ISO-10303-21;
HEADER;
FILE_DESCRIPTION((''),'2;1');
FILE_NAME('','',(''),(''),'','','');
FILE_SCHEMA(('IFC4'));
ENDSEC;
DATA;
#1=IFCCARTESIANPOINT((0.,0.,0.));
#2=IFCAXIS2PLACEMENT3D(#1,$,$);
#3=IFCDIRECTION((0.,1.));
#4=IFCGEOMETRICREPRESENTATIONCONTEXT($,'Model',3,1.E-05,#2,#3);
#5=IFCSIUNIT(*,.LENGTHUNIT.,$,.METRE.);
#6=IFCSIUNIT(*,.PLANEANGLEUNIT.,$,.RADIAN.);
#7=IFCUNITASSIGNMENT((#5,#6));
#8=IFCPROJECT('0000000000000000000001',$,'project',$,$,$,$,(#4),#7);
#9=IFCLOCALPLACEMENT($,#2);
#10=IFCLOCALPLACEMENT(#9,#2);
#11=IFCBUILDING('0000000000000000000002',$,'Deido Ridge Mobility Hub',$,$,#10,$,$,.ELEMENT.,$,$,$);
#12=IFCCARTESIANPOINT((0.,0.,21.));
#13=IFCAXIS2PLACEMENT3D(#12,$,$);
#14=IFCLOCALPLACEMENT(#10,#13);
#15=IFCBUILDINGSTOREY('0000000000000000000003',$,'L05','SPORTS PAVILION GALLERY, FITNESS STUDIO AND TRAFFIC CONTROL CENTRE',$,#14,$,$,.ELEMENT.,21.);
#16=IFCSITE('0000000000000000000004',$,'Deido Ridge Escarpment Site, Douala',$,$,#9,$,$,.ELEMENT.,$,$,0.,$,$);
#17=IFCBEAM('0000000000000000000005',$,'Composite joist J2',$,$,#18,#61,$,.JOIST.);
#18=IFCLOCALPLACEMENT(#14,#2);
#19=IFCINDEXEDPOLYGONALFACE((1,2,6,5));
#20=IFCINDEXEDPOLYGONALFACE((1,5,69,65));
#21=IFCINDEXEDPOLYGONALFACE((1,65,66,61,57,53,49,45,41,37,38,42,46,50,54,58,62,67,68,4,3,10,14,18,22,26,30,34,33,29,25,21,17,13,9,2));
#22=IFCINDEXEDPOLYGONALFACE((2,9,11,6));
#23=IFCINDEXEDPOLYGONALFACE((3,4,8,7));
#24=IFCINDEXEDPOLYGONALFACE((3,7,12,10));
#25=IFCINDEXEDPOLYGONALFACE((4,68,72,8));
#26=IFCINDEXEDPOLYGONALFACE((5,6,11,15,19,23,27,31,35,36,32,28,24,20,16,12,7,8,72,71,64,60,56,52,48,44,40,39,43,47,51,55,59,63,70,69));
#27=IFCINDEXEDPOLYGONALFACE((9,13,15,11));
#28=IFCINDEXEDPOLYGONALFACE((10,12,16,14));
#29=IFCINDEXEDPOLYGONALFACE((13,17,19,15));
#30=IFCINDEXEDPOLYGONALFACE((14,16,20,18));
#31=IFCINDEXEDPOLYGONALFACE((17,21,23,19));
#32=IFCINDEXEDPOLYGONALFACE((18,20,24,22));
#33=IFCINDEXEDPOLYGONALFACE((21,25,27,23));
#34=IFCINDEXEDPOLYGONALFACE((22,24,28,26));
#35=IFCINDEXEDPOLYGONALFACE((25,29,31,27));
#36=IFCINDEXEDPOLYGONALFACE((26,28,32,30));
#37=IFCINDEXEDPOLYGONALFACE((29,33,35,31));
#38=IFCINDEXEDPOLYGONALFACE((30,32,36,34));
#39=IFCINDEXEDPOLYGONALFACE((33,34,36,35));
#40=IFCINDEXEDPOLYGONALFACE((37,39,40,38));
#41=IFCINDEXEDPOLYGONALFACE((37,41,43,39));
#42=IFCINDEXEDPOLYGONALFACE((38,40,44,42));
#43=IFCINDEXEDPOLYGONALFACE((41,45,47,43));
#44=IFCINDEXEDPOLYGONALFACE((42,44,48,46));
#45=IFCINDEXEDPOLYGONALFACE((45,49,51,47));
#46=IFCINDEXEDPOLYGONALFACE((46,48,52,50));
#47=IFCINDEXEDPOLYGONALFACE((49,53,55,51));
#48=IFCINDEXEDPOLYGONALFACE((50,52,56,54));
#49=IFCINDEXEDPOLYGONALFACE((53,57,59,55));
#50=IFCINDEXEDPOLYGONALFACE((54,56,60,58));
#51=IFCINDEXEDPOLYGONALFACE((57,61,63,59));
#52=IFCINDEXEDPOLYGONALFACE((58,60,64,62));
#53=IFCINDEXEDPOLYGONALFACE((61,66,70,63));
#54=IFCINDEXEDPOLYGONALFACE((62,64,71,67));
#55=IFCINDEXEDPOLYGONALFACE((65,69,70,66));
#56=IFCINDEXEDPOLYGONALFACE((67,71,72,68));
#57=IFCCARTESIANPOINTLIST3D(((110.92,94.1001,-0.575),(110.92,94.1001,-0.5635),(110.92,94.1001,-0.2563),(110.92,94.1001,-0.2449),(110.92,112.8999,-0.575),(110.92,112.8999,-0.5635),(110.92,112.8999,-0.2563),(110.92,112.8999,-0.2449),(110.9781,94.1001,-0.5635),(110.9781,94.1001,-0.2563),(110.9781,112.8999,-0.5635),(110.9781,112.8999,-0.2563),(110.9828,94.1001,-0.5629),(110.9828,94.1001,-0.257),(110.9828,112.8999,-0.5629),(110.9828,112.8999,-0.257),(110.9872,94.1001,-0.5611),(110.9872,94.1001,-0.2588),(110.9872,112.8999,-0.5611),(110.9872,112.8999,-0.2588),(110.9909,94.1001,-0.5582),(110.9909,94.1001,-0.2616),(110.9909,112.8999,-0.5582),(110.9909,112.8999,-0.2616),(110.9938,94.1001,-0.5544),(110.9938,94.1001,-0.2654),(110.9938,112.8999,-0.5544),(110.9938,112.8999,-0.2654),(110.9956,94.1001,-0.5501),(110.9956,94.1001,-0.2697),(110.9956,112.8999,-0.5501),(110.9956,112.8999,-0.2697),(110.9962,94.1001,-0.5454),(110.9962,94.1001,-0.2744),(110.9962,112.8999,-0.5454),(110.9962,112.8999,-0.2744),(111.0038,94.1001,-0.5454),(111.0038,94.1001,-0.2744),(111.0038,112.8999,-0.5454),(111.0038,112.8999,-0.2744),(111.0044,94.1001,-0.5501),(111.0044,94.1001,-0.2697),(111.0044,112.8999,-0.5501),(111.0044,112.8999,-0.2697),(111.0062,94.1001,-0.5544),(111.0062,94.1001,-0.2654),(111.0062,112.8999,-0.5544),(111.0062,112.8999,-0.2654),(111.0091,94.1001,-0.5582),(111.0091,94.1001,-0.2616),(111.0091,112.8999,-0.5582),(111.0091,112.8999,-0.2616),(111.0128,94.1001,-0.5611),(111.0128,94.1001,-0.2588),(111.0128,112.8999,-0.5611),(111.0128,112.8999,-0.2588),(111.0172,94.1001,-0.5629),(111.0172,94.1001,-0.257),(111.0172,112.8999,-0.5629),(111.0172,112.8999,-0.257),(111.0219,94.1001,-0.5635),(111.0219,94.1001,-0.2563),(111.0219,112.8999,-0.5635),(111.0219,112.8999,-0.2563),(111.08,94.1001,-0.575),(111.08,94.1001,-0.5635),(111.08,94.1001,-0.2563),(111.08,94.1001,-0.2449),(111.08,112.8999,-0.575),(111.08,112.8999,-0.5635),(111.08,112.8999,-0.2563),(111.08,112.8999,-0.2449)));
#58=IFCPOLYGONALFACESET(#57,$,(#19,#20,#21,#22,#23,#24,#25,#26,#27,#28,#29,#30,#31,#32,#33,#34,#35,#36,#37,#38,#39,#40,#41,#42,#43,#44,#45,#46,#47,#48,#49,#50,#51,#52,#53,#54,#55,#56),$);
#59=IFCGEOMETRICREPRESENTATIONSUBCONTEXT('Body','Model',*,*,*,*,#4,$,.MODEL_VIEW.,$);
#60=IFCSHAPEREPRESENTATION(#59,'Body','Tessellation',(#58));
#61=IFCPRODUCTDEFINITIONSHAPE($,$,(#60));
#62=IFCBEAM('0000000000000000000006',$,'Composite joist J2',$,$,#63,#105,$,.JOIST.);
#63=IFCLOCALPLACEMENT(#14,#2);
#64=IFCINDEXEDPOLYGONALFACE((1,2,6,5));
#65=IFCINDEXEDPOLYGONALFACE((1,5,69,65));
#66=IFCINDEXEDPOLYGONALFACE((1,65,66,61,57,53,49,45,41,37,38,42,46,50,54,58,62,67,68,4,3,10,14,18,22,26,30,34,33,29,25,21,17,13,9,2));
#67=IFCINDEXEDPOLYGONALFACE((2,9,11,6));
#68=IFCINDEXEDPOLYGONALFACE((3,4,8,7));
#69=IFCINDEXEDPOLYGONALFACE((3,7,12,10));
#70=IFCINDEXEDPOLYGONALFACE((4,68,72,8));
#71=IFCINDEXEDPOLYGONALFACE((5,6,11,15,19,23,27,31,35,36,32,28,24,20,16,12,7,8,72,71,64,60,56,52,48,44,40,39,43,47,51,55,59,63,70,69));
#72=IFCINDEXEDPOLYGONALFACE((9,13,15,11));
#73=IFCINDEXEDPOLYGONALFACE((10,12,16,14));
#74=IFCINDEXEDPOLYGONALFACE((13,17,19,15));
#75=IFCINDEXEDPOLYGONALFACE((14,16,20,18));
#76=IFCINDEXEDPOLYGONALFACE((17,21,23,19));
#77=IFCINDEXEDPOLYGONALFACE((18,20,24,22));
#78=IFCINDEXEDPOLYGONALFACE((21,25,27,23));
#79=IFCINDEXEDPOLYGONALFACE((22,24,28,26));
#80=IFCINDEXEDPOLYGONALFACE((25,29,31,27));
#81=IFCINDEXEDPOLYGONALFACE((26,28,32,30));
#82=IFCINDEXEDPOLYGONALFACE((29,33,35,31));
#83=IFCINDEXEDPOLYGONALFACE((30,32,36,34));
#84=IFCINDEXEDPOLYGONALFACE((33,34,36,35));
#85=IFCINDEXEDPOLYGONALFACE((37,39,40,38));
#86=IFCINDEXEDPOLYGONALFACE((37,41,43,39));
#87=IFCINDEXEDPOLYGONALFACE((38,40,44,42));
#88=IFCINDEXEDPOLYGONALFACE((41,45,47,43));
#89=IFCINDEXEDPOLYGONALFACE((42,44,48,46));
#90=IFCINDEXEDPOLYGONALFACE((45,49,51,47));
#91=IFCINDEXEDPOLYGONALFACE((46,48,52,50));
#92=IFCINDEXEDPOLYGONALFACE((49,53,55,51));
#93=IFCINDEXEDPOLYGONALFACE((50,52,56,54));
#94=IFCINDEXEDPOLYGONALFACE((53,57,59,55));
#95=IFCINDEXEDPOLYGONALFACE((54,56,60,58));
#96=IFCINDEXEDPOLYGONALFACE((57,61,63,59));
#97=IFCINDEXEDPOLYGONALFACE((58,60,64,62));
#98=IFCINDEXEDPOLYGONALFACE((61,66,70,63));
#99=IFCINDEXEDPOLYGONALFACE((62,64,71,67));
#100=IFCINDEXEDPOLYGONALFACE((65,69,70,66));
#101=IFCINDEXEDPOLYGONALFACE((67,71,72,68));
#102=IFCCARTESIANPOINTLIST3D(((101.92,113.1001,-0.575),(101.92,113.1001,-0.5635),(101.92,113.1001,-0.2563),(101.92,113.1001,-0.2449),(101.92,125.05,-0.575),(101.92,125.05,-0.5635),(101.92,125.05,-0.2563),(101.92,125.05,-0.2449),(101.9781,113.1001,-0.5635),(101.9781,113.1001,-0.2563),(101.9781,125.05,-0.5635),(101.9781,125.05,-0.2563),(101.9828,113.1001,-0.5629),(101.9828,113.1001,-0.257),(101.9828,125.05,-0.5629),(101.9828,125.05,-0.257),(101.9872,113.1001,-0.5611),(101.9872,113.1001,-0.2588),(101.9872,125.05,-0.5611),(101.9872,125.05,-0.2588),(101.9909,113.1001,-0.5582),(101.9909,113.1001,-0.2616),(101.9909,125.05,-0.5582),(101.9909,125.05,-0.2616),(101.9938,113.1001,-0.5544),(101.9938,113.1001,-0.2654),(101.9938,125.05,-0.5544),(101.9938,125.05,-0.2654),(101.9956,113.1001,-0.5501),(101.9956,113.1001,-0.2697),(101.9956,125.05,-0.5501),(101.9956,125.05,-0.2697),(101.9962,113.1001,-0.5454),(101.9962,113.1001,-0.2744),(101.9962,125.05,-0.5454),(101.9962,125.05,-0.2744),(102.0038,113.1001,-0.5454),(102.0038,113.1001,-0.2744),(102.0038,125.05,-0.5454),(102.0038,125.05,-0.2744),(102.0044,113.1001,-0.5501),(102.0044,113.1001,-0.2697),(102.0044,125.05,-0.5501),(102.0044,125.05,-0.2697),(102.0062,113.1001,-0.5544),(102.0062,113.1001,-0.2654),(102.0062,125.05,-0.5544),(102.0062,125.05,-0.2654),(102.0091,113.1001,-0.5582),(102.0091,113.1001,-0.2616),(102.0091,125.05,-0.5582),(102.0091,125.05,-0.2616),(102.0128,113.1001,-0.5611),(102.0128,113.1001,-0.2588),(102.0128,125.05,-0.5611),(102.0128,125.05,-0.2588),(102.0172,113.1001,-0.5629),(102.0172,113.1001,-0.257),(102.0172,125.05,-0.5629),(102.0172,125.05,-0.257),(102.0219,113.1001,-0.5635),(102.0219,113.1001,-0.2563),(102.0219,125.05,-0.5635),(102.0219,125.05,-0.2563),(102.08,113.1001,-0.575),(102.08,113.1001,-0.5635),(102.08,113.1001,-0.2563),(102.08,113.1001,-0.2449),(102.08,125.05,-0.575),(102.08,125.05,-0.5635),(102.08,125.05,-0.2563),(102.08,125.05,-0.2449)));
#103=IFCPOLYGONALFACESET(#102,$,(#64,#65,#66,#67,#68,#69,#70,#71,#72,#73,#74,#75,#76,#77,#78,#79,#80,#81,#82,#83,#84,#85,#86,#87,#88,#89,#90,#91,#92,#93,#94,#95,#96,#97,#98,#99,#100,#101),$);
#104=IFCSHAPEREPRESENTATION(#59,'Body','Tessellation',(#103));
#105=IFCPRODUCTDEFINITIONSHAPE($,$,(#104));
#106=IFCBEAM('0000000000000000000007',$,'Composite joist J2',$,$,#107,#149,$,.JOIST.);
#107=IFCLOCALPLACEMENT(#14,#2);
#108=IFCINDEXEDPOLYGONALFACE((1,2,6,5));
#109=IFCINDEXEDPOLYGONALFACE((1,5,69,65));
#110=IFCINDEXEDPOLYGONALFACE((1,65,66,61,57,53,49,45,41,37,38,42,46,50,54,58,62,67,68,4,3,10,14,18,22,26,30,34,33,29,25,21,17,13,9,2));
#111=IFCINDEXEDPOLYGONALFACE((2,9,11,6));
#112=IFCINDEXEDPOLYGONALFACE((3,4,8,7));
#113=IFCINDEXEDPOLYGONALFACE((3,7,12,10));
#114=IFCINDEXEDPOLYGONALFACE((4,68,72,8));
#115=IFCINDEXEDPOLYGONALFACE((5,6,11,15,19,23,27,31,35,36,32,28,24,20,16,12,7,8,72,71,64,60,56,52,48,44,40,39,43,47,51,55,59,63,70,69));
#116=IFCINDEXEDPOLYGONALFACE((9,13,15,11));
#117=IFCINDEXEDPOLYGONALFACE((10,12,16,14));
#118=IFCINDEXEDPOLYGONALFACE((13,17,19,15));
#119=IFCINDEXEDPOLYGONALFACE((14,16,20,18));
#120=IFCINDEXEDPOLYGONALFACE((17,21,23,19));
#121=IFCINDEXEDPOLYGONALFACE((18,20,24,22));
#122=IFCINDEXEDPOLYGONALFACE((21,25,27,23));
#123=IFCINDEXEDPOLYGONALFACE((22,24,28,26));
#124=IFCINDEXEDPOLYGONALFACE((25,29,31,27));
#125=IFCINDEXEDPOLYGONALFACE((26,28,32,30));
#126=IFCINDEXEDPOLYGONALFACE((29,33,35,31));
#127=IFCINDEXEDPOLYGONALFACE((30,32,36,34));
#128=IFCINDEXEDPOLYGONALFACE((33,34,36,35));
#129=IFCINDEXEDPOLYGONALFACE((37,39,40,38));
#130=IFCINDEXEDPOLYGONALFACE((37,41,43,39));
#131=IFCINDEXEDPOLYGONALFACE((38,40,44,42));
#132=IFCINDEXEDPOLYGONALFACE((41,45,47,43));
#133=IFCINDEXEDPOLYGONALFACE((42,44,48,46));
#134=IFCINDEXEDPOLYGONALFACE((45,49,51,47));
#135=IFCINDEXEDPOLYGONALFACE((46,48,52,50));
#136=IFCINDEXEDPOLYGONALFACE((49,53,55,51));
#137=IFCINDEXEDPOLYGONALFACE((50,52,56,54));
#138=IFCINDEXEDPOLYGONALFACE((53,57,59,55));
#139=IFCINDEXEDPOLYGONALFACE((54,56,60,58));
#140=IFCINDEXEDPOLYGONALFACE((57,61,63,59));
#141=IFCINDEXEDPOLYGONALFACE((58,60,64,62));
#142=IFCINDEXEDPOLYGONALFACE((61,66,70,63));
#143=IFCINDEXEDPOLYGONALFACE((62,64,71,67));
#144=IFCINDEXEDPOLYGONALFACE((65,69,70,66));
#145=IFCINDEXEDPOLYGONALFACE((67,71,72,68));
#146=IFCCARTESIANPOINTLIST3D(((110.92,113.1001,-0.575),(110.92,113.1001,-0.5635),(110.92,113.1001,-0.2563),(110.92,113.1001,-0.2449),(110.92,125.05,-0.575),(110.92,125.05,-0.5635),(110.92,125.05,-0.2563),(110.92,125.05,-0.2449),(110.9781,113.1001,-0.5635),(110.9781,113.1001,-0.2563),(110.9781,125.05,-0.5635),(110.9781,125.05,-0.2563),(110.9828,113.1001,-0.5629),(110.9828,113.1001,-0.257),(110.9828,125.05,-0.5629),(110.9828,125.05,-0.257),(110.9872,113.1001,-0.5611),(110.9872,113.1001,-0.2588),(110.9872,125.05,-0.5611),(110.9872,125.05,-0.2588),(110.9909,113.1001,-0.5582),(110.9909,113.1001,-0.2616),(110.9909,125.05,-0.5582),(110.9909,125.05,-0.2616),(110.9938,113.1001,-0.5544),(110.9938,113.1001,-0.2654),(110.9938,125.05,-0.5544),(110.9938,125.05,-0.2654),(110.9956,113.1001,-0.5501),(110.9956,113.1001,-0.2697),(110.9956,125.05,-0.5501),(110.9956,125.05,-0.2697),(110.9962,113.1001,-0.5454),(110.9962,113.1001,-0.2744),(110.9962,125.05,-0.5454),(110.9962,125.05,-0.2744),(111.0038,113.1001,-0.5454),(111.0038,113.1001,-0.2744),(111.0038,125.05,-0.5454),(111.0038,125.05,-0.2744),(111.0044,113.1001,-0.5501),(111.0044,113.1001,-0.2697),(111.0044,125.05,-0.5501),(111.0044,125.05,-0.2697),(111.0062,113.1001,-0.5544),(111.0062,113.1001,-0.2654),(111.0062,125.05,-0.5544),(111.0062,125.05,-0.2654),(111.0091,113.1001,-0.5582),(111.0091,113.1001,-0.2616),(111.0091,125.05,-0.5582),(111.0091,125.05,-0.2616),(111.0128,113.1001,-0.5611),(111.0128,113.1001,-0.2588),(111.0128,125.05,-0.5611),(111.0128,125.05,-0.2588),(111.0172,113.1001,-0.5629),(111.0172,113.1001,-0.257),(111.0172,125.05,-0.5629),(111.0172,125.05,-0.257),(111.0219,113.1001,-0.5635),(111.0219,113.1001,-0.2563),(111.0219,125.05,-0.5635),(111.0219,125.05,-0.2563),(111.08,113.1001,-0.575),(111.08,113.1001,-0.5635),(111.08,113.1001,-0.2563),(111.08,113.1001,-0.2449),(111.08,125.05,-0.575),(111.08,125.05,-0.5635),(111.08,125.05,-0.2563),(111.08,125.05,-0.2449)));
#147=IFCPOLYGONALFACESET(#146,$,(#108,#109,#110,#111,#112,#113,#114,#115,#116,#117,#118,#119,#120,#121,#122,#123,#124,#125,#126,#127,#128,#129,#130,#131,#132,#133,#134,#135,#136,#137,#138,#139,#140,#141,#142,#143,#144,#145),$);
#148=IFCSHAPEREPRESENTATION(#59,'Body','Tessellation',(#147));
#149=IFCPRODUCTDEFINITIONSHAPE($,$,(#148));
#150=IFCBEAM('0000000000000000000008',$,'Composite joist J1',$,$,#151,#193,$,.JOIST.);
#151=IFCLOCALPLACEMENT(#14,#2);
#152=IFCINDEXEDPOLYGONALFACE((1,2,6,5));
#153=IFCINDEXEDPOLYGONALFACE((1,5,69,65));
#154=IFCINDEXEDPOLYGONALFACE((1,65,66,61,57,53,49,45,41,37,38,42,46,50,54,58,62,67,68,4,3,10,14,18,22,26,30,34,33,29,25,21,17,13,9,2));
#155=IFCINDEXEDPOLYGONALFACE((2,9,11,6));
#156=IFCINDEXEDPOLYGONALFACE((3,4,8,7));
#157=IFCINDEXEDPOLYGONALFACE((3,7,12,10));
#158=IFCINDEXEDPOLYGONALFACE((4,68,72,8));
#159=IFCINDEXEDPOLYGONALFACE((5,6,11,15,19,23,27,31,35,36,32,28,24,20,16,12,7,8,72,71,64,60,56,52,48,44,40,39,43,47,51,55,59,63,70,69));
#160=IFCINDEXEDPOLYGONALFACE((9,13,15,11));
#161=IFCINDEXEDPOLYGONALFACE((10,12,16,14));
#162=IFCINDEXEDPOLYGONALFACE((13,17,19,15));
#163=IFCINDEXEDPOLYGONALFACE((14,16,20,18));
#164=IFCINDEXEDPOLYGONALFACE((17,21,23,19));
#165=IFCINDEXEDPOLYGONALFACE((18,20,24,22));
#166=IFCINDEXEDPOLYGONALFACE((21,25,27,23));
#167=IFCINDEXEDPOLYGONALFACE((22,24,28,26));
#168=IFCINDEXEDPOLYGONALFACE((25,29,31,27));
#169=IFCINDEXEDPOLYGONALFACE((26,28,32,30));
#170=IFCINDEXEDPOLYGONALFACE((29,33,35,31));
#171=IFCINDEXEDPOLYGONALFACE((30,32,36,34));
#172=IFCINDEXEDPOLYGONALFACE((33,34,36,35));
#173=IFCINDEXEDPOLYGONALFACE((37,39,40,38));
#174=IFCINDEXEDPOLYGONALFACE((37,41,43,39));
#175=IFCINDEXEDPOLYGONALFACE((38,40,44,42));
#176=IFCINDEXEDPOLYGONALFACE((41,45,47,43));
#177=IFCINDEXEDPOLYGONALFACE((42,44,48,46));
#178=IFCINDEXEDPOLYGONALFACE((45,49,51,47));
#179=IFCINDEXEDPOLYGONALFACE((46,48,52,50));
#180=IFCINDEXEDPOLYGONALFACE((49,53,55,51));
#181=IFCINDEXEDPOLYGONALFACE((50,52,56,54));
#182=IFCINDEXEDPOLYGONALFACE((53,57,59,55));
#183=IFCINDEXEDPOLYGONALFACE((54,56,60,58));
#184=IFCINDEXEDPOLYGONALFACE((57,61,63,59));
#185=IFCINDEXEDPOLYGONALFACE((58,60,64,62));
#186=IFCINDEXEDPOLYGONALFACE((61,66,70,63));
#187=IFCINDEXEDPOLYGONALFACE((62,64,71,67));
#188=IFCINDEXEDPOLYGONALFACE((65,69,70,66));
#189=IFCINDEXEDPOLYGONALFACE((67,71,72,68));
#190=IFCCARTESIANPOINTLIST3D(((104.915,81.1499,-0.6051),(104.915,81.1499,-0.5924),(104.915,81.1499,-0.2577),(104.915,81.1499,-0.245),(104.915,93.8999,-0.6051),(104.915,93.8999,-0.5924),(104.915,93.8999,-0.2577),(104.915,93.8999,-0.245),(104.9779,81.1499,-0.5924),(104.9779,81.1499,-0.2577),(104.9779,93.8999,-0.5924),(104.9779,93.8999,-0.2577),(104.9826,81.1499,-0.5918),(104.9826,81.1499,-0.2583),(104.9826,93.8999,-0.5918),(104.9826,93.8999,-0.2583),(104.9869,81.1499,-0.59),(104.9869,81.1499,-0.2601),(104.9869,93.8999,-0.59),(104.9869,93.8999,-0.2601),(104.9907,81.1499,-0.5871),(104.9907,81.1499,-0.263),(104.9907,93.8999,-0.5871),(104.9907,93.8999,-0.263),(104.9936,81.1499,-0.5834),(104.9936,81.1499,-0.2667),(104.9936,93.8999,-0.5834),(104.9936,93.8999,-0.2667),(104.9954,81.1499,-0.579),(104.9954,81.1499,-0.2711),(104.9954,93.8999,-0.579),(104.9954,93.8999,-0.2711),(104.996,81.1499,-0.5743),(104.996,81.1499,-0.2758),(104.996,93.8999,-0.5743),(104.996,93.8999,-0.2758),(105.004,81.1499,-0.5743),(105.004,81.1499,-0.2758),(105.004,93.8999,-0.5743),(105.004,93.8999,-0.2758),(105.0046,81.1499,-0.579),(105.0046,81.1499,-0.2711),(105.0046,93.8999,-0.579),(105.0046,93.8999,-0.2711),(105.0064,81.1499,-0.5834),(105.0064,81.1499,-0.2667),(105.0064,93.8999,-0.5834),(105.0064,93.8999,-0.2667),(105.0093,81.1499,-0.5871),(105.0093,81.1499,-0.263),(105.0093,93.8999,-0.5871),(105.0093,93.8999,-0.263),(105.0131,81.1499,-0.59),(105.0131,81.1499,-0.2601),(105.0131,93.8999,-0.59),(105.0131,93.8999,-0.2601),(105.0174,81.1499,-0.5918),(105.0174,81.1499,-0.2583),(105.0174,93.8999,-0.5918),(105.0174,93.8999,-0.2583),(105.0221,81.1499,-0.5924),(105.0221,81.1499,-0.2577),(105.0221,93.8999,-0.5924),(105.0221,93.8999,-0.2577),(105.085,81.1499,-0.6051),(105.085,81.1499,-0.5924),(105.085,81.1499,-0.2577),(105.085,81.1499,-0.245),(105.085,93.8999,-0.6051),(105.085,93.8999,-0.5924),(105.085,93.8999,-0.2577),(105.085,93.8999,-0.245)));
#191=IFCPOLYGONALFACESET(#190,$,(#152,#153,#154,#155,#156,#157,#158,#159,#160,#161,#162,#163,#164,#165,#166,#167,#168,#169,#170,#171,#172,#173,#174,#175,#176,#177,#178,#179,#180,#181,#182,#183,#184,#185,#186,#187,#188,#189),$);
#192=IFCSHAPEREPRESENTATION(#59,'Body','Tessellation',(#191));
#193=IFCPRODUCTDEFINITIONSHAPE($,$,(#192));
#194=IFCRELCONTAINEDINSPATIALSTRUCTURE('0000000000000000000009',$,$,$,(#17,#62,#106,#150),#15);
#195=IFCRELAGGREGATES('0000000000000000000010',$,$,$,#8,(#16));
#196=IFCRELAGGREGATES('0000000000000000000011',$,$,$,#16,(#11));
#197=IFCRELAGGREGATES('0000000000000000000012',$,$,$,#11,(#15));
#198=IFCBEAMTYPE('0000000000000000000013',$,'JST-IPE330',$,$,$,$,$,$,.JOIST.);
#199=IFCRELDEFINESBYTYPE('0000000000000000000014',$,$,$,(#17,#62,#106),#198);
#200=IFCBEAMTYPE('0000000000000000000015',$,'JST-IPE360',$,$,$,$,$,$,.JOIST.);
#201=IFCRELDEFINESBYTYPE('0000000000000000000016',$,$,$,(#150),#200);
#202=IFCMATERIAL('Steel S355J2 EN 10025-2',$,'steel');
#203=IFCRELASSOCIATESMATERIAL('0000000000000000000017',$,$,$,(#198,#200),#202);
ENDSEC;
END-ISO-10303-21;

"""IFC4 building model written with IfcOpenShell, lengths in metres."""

from ifc_helpers import new_model, si_unit, direction, frame, origin, origin_2d, place, context, subcontext, project, spatial, i_section, extrude, material, material_profile, profile_set, type_object, element, save


model = new_model("IFC4")

# Units and contexts
model_context = context("Model", 3, precision=1e-05, world=origin(), true_north=direction((0.0, 1.0)))
body_context = subcontext(model_context, "Body", "Model", "MODEL_VIEW")
ifc_project = project(units=[si_unit("LENGTHUNIT", "METRE"), si_unit("PLANEANGLEUNIT", "RADIAN")], contexts=[model_context])

# Site, building, storey
site_placement = place(None, origin())
site = spatial("IfcSite", under=ifc_project, at=site_placement, Name="Deido Ridge Escarpment Site, Douala", CompositionType="ELEMENT", RefElevation=0.0)
building_placement = place(site_placement, origin())
building = spatial("IfcBuilding", under=site, at=building_placement, Name="Deido Ridge Mobility Hub", CompositionType="ELEMENT")
storey_placement = place(building_placement, frame((0.0, 0.0, 21.0)))
storey = spatial("IfcBuildingStorey", under=building, at=storey_placement, Name="L05", Description="SPORTS PAVILION GALLERY, FITNESS STUDIO AND TRAFFIC CONTROL CENTRE", CompositionType="ELEMENT", Elevation=21.0)

# Beams
ifc_material_1 = material(Name="Steel S355J2 EN 10025-2", Category="steel")
ifc_material_profile_1 = material_profile(ifc_material_1, i_section(OverallWidth=0.1599, OverallDepth=0.3301, WebThickness=0.0076, FlangeThickness=0.0115, FilletRadius=0.0181, at=origin_2d()), Name="IPE 330")
ifc_profile_set_1 = profile_set([ifc_material_profile_1], Name="Steel S355J2 EN 10025-2")
beam_type_1 = type_object("IfcBeamType", Name="JST-IPE330", PredefinedType="JOIST", material=ifc_profile_set_1)
for number, where, z_axis, x_axis, name in (
    (1, (111.0, 94.1001, -0.4099), (0.0, 1.0, 0.0), (-1.0, 0.0, 0.0), "Composite joist J2"),
):
    element("IfcBeam", number, at=place(storey_placement, frame(where, z_axis=z_axis, x_axis=x_axis)), inside=storey, type_object=beam_type_1, Name=name, PredefinedType="JOIST", context=body_context, shape_type="SweptSolid", body=[
        extrude(i_section(OverallWidth=0.1599, OverallDepth=0.3301, WebThickness=0.0076, FlangeThickness=0.0115, FilletRadius=0.0181, at=origin_2d()), origin(), (0.0, 0.0, 1.0), 18.7998),
    ])
for number, where, z_axis, x_axis, name in (
    (2, (102.0, 113.1001, -0.4099), (0.0, 1.0, 0.0), (-1.0, 0.0, 0.0), "Composite joist J2"),
    (3, (111.0, 113.1001, -0.4099), (0.0, 1.0, 0.0), (-1.0, 0.0, 0.0), "Composite joist J2"),
):
    element("IfcBeam", number, at=place(storey_placement, frame(where, z_axis=z_axis, x_axis=x_axis)), inside=storey, type_object=beam_type_1, Name=name, PredefinedType="JOIST", context=body_context, shape_type="SweptSolid", body=[
        extrude(i_section(OverallWidth=0.1599, OverallDepth=0.3301, WebThickness=0.0076, FlangeThickness=0.0115, FilletRadius=0.0181, at=origin_2d()), origin(), (0.0, 0.0, 1.0), 11.95),
    ])
ifc_material_profile_2 = material_profile(ifc_material_1, i_section(OverallWidth=0.1699, OverallDepth=0.3601, WebThickness=0.0081, FlangeThickness=0.0127, FilletRadius=0.0181, at=origin_2d()), Name="IPE 360")
ifc_profile_set_2 = profile_set([ifc_material_profile_2], Name="Steel S355J2 EN 10025-2")
beam_type_2 = type_object("IfcBeamType", Name="JST-IPE360", PredefinedType="JOIST", material=ifc_profile_set_2)
beam_1_placement = place(storey_placement, frame((105.0, 81.1499, -0.425), z_axis=(0.0, 1.0, 0.0), x_axis=(-1.0, 0.0, 0.0)))
element("IfcBeam", 4, at=beam_1_placement, inside=storey, type_object=beam_type_2, Name="Composite joist J1", PredefinedType="JOIST", context=body_context, shape_type="SweptSolid", body=[
    extrude(i_section(OverallWidth=0.1699, OverallDepth=0.3601, WebThickness=0.0081, FlangeThickness=0.0127, FilletRadius=0.0181, at=origin_2d()), origin(), (0.0, 0.0, 1.0), 12.75),
])

save(model, "model.ifc")
